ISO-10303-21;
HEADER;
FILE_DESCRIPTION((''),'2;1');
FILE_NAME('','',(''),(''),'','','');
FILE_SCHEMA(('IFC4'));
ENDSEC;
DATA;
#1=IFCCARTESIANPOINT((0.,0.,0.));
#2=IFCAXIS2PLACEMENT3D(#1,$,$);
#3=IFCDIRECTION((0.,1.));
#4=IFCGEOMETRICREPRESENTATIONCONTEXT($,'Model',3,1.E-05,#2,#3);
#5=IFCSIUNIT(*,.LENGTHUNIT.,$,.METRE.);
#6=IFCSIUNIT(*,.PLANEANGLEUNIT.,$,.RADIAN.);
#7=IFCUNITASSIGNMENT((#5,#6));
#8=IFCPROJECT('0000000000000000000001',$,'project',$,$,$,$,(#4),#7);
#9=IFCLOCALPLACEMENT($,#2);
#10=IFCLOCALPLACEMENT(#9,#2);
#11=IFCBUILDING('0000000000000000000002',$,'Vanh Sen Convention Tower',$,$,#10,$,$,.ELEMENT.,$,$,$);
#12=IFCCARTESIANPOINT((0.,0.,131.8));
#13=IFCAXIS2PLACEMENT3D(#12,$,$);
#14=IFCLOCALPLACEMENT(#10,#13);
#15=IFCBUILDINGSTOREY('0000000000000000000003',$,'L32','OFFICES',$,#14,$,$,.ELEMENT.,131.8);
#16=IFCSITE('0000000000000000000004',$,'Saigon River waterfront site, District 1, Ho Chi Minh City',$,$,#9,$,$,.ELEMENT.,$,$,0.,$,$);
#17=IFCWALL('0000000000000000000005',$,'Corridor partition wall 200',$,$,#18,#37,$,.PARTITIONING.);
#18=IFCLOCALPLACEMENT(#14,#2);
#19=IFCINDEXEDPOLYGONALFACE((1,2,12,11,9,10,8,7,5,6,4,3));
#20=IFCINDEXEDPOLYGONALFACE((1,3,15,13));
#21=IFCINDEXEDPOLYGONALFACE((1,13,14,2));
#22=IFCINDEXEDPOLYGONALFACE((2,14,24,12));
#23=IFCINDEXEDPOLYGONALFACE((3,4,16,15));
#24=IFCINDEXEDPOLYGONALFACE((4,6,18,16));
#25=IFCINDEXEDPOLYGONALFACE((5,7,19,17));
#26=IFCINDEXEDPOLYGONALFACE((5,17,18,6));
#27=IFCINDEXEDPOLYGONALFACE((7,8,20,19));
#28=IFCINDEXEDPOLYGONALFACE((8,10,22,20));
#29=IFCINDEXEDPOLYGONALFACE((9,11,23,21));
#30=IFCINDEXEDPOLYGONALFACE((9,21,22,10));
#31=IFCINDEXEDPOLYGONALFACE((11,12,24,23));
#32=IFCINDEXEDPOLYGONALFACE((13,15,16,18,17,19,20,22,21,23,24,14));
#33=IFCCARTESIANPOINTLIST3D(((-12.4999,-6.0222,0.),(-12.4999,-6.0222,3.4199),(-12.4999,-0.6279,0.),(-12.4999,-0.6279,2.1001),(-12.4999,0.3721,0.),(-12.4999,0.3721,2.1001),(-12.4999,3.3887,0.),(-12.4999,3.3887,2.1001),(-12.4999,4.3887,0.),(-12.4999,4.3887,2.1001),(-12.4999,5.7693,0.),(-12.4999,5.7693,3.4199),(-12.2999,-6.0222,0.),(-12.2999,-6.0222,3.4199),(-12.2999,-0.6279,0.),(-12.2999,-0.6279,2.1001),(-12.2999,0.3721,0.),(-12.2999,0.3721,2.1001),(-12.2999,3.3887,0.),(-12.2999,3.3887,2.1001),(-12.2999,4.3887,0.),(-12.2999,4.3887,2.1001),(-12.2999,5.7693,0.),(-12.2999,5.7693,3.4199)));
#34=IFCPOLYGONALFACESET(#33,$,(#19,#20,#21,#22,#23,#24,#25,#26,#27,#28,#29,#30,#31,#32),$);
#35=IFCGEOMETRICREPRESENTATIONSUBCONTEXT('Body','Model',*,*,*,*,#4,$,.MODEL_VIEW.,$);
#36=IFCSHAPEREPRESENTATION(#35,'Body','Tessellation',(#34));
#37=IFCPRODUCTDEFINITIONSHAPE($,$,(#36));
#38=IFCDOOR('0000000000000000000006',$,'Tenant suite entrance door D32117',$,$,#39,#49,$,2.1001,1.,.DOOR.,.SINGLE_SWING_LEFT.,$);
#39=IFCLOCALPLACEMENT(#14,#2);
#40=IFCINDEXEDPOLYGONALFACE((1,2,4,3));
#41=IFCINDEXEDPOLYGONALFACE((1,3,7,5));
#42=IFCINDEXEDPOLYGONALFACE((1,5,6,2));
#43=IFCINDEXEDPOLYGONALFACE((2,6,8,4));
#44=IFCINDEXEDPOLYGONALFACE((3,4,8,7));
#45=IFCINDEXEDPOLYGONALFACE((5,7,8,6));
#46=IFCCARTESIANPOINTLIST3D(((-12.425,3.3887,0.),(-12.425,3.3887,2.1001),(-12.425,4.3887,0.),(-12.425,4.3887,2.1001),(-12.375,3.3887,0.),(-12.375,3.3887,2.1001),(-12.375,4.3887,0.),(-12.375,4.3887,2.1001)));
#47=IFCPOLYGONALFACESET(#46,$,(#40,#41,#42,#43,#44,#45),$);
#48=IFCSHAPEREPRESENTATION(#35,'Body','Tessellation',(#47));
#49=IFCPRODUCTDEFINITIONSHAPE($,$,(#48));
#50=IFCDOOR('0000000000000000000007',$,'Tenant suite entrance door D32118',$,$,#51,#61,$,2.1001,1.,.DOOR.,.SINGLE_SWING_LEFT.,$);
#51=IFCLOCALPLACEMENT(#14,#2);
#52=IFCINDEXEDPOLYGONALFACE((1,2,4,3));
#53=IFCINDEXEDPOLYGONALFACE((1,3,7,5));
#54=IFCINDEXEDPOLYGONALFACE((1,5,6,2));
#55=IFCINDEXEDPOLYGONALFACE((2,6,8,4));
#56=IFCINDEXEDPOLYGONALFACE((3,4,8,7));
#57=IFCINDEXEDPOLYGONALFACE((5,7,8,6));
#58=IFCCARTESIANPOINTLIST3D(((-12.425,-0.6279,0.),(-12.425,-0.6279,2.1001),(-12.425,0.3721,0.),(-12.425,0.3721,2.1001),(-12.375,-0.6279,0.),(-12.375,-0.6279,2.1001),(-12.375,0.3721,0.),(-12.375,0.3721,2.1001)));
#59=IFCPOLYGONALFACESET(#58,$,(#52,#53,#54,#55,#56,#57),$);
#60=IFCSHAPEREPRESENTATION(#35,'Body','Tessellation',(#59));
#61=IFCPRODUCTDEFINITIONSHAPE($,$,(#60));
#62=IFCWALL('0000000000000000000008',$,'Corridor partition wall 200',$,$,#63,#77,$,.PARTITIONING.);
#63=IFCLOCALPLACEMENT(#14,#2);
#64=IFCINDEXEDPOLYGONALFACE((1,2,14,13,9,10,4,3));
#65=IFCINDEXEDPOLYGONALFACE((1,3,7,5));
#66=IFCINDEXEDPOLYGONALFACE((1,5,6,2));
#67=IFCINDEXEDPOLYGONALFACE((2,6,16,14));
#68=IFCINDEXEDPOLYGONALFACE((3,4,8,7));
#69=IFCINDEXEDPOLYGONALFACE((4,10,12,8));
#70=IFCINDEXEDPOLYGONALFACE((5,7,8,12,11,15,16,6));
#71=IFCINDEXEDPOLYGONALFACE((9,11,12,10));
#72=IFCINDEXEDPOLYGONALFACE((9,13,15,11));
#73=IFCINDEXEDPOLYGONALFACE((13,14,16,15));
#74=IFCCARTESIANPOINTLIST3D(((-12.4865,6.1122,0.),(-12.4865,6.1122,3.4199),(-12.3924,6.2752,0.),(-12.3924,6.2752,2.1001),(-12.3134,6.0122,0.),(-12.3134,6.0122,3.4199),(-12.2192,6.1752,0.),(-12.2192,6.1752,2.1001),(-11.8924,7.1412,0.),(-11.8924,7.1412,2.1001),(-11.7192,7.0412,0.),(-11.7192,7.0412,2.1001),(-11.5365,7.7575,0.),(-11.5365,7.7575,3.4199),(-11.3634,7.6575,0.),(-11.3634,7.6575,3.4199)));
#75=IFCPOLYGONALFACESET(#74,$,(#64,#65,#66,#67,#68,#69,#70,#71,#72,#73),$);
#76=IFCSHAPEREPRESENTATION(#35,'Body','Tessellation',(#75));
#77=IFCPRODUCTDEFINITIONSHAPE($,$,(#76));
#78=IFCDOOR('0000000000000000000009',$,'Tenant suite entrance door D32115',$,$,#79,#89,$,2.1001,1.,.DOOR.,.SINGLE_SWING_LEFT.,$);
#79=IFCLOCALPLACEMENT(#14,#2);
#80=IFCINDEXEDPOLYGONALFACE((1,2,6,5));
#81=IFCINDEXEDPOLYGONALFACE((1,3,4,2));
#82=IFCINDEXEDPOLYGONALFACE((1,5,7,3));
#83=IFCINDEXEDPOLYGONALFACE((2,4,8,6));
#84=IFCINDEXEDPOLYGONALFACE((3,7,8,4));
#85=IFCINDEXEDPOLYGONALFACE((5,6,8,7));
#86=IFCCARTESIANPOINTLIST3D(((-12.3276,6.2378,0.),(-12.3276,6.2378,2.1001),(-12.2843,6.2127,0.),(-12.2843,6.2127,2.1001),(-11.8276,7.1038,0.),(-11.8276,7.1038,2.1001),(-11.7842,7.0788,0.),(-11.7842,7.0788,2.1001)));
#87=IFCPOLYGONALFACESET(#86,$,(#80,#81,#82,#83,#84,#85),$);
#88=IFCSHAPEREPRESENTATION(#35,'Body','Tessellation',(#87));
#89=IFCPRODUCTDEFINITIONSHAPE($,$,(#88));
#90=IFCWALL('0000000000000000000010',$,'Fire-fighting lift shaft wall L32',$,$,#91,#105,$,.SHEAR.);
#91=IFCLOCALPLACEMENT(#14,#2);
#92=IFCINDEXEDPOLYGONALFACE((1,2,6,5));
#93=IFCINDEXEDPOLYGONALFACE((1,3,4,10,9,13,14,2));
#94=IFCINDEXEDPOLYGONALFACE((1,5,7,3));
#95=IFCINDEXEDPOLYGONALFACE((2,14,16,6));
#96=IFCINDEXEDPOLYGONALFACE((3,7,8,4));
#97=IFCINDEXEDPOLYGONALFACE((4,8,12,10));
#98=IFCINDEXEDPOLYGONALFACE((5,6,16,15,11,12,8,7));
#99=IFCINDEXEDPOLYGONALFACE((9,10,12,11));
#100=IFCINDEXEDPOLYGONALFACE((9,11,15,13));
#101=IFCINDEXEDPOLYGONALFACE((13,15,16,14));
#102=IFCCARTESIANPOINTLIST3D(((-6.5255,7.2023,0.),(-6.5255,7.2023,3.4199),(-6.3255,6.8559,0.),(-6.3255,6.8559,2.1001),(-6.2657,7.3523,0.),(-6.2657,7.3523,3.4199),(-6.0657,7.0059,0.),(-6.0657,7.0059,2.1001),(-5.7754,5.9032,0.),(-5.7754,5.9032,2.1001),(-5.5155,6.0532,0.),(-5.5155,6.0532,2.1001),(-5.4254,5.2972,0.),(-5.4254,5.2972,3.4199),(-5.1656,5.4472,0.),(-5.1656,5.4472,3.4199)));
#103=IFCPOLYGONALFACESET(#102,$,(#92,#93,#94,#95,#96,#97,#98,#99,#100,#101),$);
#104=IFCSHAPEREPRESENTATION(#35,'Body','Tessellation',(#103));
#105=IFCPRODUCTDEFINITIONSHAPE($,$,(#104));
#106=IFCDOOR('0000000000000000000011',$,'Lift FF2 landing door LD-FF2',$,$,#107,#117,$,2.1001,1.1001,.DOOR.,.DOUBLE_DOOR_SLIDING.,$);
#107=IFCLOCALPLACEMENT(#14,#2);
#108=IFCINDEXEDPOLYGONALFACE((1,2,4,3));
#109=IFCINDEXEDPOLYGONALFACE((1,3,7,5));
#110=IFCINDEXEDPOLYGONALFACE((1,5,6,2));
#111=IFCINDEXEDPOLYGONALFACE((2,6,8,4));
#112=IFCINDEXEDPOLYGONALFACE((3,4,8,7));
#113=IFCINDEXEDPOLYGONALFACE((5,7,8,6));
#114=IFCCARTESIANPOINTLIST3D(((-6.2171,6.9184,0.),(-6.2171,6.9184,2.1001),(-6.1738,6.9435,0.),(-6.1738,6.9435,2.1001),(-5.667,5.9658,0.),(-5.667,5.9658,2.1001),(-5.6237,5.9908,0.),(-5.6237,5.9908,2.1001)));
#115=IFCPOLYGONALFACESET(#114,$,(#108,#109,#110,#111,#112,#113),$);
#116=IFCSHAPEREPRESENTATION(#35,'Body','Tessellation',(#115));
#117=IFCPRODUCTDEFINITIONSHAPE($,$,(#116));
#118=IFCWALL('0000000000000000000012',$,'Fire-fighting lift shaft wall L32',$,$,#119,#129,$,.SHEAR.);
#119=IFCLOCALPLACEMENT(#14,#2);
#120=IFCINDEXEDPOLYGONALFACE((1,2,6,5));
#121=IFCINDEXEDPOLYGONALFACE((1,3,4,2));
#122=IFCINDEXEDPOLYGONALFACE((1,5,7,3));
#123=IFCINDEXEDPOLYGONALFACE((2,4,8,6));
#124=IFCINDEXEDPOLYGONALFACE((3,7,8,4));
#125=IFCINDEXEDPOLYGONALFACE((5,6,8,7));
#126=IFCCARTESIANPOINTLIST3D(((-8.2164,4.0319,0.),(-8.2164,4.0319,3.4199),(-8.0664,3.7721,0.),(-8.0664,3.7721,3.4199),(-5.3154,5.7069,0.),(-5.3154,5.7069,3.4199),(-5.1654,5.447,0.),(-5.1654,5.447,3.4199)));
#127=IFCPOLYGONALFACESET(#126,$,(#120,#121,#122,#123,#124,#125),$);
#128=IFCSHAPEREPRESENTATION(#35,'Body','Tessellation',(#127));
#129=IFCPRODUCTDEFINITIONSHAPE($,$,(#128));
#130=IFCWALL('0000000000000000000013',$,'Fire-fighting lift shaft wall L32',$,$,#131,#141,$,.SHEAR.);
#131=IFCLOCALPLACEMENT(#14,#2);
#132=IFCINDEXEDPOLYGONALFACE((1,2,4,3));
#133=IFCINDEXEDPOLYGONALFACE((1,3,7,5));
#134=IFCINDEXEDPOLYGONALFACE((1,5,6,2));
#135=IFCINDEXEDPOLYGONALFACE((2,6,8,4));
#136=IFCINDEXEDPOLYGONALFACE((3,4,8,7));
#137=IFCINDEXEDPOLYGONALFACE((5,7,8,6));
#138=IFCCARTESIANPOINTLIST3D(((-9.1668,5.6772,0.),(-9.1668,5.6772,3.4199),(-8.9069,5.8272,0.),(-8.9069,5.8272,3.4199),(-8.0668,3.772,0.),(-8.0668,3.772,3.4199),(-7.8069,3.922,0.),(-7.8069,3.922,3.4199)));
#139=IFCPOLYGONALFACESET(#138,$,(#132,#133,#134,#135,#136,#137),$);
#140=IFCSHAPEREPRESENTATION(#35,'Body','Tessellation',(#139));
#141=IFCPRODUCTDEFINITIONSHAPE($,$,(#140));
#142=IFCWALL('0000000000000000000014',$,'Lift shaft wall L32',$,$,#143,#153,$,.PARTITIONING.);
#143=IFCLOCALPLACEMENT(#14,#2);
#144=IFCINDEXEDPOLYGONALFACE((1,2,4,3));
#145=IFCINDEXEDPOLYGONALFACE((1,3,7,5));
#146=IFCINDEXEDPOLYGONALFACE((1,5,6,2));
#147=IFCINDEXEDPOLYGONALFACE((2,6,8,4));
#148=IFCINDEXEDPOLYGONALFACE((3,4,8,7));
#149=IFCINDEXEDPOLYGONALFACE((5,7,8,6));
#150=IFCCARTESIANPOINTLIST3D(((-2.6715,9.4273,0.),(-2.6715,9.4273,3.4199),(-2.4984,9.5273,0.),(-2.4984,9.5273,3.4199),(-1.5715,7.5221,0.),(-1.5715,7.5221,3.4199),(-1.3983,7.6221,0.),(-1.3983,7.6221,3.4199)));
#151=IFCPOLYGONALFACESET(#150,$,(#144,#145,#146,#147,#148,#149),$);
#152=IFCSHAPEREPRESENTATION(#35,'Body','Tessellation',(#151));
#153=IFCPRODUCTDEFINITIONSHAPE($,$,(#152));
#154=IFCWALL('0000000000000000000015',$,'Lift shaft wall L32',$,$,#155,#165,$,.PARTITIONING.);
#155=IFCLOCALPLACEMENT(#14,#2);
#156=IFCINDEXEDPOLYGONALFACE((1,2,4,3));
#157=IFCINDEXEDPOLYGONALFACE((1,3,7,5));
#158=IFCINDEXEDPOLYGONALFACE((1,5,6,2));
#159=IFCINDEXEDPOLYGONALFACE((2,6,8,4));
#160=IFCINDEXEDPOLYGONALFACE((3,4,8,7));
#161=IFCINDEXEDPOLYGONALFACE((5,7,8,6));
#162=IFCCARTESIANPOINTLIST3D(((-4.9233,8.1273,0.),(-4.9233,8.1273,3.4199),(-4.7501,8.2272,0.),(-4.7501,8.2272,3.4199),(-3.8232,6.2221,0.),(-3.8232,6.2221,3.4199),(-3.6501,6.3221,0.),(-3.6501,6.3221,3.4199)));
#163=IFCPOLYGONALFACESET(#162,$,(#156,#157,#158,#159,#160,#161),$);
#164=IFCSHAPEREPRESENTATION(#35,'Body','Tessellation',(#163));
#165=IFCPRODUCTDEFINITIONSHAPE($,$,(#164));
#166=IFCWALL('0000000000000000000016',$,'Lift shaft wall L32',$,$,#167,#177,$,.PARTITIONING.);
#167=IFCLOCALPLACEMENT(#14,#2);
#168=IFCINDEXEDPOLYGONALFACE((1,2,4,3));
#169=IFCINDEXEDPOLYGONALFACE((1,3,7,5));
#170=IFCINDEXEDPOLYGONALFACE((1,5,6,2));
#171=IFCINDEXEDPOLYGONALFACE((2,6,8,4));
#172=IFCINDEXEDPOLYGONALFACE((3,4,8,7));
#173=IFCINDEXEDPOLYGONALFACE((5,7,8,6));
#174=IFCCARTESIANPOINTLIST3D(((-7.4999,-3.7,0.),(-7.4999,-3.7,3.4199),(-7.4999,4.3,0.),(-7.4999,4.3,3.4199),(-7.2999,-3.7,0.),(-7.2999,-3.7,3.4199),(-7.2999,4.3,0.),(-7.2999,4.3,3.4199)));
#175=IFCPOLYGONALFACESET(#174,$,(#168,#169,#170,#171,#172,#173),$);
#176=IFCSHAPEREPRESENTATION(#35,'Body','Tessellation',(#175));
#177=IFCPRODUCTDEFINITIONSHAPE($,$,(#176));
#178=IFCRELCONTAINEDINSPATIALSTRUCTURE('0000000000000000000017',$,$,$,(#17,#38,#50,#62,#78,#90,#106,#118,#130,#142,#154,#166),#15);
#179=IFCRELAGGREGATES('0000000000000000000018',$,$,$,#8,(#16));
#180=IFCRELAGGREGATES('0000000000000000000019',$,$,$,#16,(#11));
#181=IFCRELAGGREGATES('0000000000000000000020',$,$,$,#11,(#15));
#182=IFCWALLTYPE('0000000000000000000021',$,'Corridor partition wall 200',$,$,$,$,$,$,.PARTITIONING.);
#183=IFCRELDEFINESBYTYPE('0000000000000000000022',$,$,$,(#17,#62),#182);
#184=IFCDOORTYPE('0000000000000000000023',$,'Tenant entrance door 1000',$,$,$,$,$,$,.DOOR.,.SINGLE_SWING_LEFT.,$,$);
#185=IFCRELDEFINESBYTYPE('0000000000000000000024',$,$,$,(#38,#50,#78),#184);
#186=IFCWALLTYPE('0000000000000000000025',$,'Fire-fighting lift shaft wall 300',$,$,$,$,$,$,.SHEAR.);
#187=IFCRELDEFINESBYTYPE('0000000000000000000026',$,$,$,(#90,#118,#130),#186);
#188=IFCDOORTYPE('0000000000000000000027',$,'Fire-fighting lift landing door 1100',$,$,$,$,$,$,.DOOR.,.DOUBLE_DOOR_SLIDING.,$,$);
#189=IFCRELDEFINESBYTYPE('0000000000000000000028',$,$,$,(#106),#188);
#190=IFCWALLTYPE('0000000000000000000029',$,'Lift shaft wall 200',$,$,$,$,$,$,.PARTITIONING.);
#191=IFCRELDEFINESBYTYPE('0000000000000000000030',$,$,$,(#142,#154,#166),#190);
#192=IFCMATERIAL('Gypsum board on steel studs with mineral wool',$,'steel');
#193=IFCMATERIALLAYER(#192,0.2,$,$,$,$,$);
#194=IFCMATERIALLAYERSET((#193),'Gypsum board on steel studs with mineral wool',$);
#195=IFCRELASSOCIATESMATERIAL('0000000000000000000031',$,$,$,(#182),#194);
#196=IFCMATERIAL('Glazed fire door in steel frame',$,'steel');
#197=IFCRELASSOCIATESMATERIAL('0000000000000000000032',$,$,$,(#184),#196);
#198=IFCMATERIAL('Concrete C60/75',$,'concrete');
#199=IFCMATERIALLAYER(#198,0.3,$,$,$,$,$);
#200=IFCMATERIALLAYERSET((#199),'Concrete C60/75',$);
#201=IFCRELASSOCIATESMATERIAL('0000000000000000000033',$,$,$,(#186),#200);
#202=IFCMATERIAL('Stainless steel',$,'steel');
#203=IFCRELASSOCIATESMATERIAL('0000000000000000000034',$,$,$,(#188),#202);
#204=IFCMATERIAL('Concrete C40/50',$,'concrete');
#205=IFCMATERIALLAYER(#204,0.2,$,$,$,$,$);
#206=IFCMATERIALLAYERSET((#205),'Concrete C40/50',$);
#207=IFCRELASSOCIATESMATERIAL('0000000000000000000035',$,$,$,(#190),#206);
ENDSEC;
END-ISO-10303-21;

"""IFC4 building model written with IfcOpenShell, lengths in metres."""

from ifc_helpers import new_model, si_unit, direction, frame, frame_2d, origin, place, context, subcontext, project, spatial, rectangle, extrude, material, layer, layer_set, type_object, element, fill, save


model = new_model("IFC4")

# Units and contexts
model_context = context("Model", 3, precision=1e-05, world=origin(), true_north=direction((0.0, 1.0)))
body_context = subcontext(model_context, "Body", "Model", "MODEL_VIEW")
ifc_project = project(units=[si_unit("LENGTHUNIT", "METRE"), si_unit("PLANEANGLEUNIT", "RADIAN")], contexts=[model_context])

# Site, building, storey
site_placement = place(None, origin())
site = spatial("IfcSite", under=ifc_project, at=site_placement, Name="Saigon River waterfront site, District 1, Ho Chi Minh City", CompositionType="ELEMENT", RefElevation=0.0)
building_placement = place(site_placement, origin())
building = spatial("IfcBuilding", under=site, at=building_placement, Name="Vanh Sen Convention Tower", CompositionType="ELEMENT")
storey_placement = place(building_placement, frame((0.0, 0.0, 131.8)))
storey = spatial("IfcBuildingStorey", under=building, at=storey_placement, Name="L32", Description="OFFICES", CompositionType="ELEMENT", Elevation=131.8)

# Wall, openings, doors
ifc_material_1 = material(Name="Gypsum board on steel studs with mineral wool", Category="steel")
ifc_layer_1 = layer(ifc_material_1, 0.2)
ifc_layer_set_1 = layer_set([ifc_layer_1], Name="Gypsum board on steel studs with mineral wool")
wall_type_1 = type_object("IfcWallType", Name="Corridor partition wall 200", PredefinedType="PARTITIONING", material=ifc_layer_set_1)
wall_1_placement = place(storey_placement, frame((-12.3999, 5.7693, 0.0), z_axis=(0.0, 0.0, 1.0), x_axis=(0.0, -1.0, 0.0)))
wall_1 = element("IfcWall", 1, at=wall_1_placement, inside=storey, type_object=wall_type_1, Name="Corridor partition wall 200", PredefinedType="PARTITIONING", context=body_context, shape_type="SweptSolid", body=[
    extrude(rectangle(XDim=11.7915, YDim=0.2, at=frame_2d((5.8958, 0.0))), origin(), (0.0, 0.0, 1.0), 3.4199),
])
opening_1_placement = place(wall_1_placement, frame((1.3806, 0.0, 0.0)))
opening_1 = element("IfcOpeningElement", 2, at=opening_1_placement, cuts=wall_1, PredefinedType="OPENING", context=body_context, shape_type="SweptSolid", body=[
    extrude(rectangle(XDim=1.0, YDim=2.1001, at=frame_2d((0.5, 1.05))), frame((0.0, 0.1099, 0.0), z_axis=(0.0, -1.0, 0.0), x_axis=(1.0, 0.0, 0.0)), (0.0, 0.0, 1.0), 0.22),
])
opening_2_placement = place(wall_1_placement, frame((5.3972, 0.0, 0.0)))
opening_2 = element("IfcOpeningElement", 3, at=opening_2_placement, cuts=wall_1, PredefinedType="OPENING", context=body_context, shape_type="SweptSolid", body=[
    extrude(rectangle(XDim=1.0, YDim=2.1001, at=frame_2d((0.5, 1.05))), frame((0.0, 0.1099, 0.0), z_axis=(0.0, -1.0, 0.0), x_axis=(1.0, 0.0, 0.0)), (0.0, 0.0, 1.0), 0.22),
])
ifc_material_2 = material(Name="Glazed fire door in steel frame", Category="steel")
door_type_1 = type_object("IfcDoorType", Name="Tenant entrance door 1000", OperationType="SINGLE_SWING_LEFT", PredefinedType="DOOR", material=ifc_material_2)
door_1_placement = place(opening_1_placement, origin())
door_1 = element("IfcDoor", 4, at=door_1_placement, inside=storey, type_object=door_type_1, Name="Tenant suite entrance door D32117", OperationType="SINGLE_SWING_LEFT", OverallHeight=2.1001, OverallWidth=1.0, PredefinedType="DOOR", context=body_context, shape_type="SweptSolid", body=[
    extrude(rectangle(XDim=1.0, YDim=2.1001, at=frame_2d((0.5, 1.05))), frame((0.0, 0.0249, 0.0), z_axis=(0.0, -1.0, 0.0), x_axis=(1.0, 0.0, 0.0)), (0.0, 0.0, 1.0), 0.05),
])
fill(opening_1, door_1)
door_2_placement = place(opening_2_placement, origin())
door_2 = element("IfcDoor", 5, at=door_2_placement, inside=storey, type_object=door_type_1, Name="Tenant suite entrance door D32118", OperationType="SINGLE_SWING_LEFT", OverallHeight=2.1001, OverallWidth=1.0, PredefinedType="DOOR", context=body_context, shape_type="SweptSolid", body=[
    extrude(rectangle(XDim=1.0, YDim=2.1001, at=frame_2d((0.5, 1.05))), frame((0.0, 0.0249, 0.0), z_axis=(0.0, -1.0, 0.0), x_axis=(1.0, 0.0, 0.0)), (0.0, 0.0, 1.0), 0.05),
])
fill(opening_2, door_2)

# Walls, openings, doors
wall_2_placement = place(storey_placement, frame((-11.45, 7.7075, 0.0), z_axis=(0.0, 0.0, 1.0), x_axis=(-0.500023, -0.866012, 0.0)))
wall_2 = element("IfcWall", 6, at=wall_2_placement, inside=storey, type_object=wall_type_1, Name="Corridor partition wall 200", PredefinedType="PARTITIONING", context=body_context, shape_type="SweptSolid", body=[
    extrude(rectangle(XDim=1.8999, YDim=0.2, at=frame_2d((0.95, 0.0))), origin(), (0.0, 0.0, 1.0), 3.4199),
])
opening_3_placement = place(wall_2_placement, frame((0.7117, 0.0, 0.0)))
opening_3 = element("IfcOpeningElement", 7, at=opening_3_placement, cuts=wall_2, PredefinedType="OPENING", context=body_context, shape_type="SweptSolid", body=[
    extrude(rectangle(XDim=1.0, YDim=2.1001, at=frame_2d((0.5, 1.05))), frame((0.0, 0.1099, 0.0), z_axis=(0.0, -1.0, 0.0), x_axis=(1.0, 0.0, 0.0)), (0.0, 0.0, 1.0), 0.22),
])
door_3_placement = place(opening_3_placement, origin())
door_3 = element("IfcDoor", 8, at=door_3_placement, inside=storey, type_object=door_type_1, Name="Tenant suite entrance door D32115", OperationType="SINGLE_SWING_LEFT", OverallHeight=2.1001, OverallWidth=1.0, PredefinedType="DOOR", context=body_context, shape_type="SweptSolid", body=[
    extrude(rectangle(XDim=1.0, YDim=2.1001, at=frame_2d((0.5, 1.05))), frame((0.0, 0.0249, 0.0), z_axis=(0.0, -1.0, 0.0), x_axis=(1.0, 0.0, 0.0)), (0.0, 0.0, 1.0), 0.05),
])
fill(opening_3, door_3)
ifc_material_3 = material(Name="Concrete C60/75", Category="concrete")
ifc_layer_2 = layer(ifc_material_3, 0.3)
ifc_layer_set_2 = layer_set([ifc_layer_2], Name="Concrete C60/75")
wall_type_2 = type_object("IfcWallType", Name="Fire-fighting lift shaft wall 300", PredefinedType="SHEAR", material=ifc_layer_set_2)
wall_3_placement = place(storey_placement, frame((-5.2954, 5.3721, 0.0), z_axis=(0.0, 0.0, 1.0), x_axis=(-0.500078, 0.86598, 0.0)))
wall_3 = element("IfcWall", 9, at=wall_3_placement, inside=storey, type_object=wall_type_2, Name="Fire-fighting lift shaft wall L32", PredefinedType="SHEAR", context=body_context, shape_type="SweptSolid", body=[
    extrude(rectangle(XDim=2.2, YDim=0.3, at=frame_2d((1.1001, 0.0))), origin(), (0.0, 0.0, 1.0), 3.4199),
])
opening_4_placement = place(wall_3_placement, frame((0.7, 0.0, 0.0)))
opening_4 = element("IfcOpeningElement", 10, at=opening_4_placement, cuts=wall_3, PredefinedType="OPENING", context=body_context, shape_type="SweptSolid", body=[
    extrude(rectangle(XDim=1.1001, YDim=2.1001, at=frame_2d((0.55, 1.05))), frame((0.0, 0.1599, 0.0), z_axis=(0.0, -1.0, 0.0), x_axis=(1.0, 0.0, 0.0)), (0.0, 0.0, 1.0), 0.3201),
])
ifc_material_4 = material(Name="Stainless steel", Category="steel")
door_type_2 = type_object("IfcDoorType", Name="Fire-fighting lift landing door 1100", OperationType="DOUBLE_DOOR_SLIDING", PredefinedType="DOOR", material=ifc_material_4)
door_4_placement = place(opening_4_placement, origin())
door_4 = element("IfcDoor", 11, at=door_4_placement, inside=storey, type_object=door_type_2, Name="Lift FF2 landing door LD-FF2", OperationType="DOUBLE_DOOR_SLIDING", OverallHeight=2.1001, OverallWidth=1.1001, PredefinedType="DOOR", context=body_context, shape_type="SweptSolid", body=[
    extrude(rectangle(XDim=1.1001, YDim=2.1001, at=frame_2d((0.55, 1.05))), frame((0.0, 0.0249, 0.0), z_axis=(0.0, -1.0, 0.0), x_axis=(1.0, 0.0, 0.0)), (0.0, 0.0, 1.0), 0.05),
])
fill(opening_4, door_4)

# Walls
wall_4_placement = place(storey_placement, frame((-5.2405, 5.5769, 0.0), z_axis=(0.0, 0.0, 1.0), x_axis=(-0.866014, -0.500019, 0.0)))
element("IfcWall", 12, at=wall_4_placement, inside=storey, type_object=wall_type_2, Name="Fire-fighting lift shaft wall L32", PredefinedType="SHEAR", context=body_context, shape_type="SweptSolid", body=[
    extrude(rectangle(XDim=3.3499, YDim=0.3, at=frame_2d((1.6748, 0.0))), origin(), (0.0, 0.0, 1.0), 3.4199),
])
wall_5_placement = place(storey_placement, frame((-7.9368, 3.8469, 0.0), z_axis=(0.0, 0.0, 1.0), x_axis=(-0.50003, 0.866008, 0.0)))
element("IfcWall", 13, at=wall_5_placement, inside=storey, type_object=wall_type_2, Name="Fire-fighting lift shaft wall L32", PredefinedType="SHEAR", context=body_context, shape_type="SweptSolid", body=[
    extrude(rectangle(XDim=2.2, YDim=0.3, at=frame_2d((1.1001, 0.0))), origin(), (0.0, 0.0, 1.0), 3.4199),
])
ifc_material_5 = material(Name="Concrete C40/50", Category="concrete")
ifc_layer_3 = layer(ifc_material_5, 0.2)
ifc_layer_set_3 = layer_set([ifc_layer_3], Name="Concrete C40/50")
wall_type_3 = type_object("IfcWallType", Name="Lift shaft wall 200", PredefinedType="PARTITIONING", material=ifc_layer_set_3)
for number, where, z_axis, x_axis, name in (
    (14, (-1.4849, 7.572, 0.0), (0.0, 0.0, 1.0), (-0.50003, 0.866008, 0.0), "Lift shaft wall L32"),
    (15, (-3.7366, 6.272, 0.0), (0.0, 0.0, 1.0), (-0.50003, 0.866008, 0.0), "Lift shaft wall L32"),
):
    element("IfcWall", number, at=place(storey_placement, frame(where, z_axis=z_axis, x_axis=x_axis)), inside=storey, type_object=wall_type_3, Name=name, PredefinedType="PARTITIONING", context=body_context, shape_type="SweptSolid", body=[
        extrude(rectangle(XDim=2.2, YDim=0.2, at=frame_2d((1.1001, 0.0))), origin(), (0.0, 0.0, 1.0), 3.4199),
    ])
wall_6_placement = place(storey_placement, frame((-7.3999, 4.3, 0.0), z_axis=(0.0, 0.0, 1.0), x_axis=(0.0, -1.0, 0.0)))
element("IfcWall", 16, at=wall_6_placement, inside=storey, type_object=wall_type_3, Name="Lift shaft wall L32", PredefinedType="PARTITIONING", context=body_context, shape_type="SweptSolid", body=[
    extrude(rectangle(XDim=8.0, YDim=0.2, at=frame_2d((4.0, 0.0))), origin(), (0.0, 0.0, 1.0), 3.4199),
])

save(model, "model.ifc")
